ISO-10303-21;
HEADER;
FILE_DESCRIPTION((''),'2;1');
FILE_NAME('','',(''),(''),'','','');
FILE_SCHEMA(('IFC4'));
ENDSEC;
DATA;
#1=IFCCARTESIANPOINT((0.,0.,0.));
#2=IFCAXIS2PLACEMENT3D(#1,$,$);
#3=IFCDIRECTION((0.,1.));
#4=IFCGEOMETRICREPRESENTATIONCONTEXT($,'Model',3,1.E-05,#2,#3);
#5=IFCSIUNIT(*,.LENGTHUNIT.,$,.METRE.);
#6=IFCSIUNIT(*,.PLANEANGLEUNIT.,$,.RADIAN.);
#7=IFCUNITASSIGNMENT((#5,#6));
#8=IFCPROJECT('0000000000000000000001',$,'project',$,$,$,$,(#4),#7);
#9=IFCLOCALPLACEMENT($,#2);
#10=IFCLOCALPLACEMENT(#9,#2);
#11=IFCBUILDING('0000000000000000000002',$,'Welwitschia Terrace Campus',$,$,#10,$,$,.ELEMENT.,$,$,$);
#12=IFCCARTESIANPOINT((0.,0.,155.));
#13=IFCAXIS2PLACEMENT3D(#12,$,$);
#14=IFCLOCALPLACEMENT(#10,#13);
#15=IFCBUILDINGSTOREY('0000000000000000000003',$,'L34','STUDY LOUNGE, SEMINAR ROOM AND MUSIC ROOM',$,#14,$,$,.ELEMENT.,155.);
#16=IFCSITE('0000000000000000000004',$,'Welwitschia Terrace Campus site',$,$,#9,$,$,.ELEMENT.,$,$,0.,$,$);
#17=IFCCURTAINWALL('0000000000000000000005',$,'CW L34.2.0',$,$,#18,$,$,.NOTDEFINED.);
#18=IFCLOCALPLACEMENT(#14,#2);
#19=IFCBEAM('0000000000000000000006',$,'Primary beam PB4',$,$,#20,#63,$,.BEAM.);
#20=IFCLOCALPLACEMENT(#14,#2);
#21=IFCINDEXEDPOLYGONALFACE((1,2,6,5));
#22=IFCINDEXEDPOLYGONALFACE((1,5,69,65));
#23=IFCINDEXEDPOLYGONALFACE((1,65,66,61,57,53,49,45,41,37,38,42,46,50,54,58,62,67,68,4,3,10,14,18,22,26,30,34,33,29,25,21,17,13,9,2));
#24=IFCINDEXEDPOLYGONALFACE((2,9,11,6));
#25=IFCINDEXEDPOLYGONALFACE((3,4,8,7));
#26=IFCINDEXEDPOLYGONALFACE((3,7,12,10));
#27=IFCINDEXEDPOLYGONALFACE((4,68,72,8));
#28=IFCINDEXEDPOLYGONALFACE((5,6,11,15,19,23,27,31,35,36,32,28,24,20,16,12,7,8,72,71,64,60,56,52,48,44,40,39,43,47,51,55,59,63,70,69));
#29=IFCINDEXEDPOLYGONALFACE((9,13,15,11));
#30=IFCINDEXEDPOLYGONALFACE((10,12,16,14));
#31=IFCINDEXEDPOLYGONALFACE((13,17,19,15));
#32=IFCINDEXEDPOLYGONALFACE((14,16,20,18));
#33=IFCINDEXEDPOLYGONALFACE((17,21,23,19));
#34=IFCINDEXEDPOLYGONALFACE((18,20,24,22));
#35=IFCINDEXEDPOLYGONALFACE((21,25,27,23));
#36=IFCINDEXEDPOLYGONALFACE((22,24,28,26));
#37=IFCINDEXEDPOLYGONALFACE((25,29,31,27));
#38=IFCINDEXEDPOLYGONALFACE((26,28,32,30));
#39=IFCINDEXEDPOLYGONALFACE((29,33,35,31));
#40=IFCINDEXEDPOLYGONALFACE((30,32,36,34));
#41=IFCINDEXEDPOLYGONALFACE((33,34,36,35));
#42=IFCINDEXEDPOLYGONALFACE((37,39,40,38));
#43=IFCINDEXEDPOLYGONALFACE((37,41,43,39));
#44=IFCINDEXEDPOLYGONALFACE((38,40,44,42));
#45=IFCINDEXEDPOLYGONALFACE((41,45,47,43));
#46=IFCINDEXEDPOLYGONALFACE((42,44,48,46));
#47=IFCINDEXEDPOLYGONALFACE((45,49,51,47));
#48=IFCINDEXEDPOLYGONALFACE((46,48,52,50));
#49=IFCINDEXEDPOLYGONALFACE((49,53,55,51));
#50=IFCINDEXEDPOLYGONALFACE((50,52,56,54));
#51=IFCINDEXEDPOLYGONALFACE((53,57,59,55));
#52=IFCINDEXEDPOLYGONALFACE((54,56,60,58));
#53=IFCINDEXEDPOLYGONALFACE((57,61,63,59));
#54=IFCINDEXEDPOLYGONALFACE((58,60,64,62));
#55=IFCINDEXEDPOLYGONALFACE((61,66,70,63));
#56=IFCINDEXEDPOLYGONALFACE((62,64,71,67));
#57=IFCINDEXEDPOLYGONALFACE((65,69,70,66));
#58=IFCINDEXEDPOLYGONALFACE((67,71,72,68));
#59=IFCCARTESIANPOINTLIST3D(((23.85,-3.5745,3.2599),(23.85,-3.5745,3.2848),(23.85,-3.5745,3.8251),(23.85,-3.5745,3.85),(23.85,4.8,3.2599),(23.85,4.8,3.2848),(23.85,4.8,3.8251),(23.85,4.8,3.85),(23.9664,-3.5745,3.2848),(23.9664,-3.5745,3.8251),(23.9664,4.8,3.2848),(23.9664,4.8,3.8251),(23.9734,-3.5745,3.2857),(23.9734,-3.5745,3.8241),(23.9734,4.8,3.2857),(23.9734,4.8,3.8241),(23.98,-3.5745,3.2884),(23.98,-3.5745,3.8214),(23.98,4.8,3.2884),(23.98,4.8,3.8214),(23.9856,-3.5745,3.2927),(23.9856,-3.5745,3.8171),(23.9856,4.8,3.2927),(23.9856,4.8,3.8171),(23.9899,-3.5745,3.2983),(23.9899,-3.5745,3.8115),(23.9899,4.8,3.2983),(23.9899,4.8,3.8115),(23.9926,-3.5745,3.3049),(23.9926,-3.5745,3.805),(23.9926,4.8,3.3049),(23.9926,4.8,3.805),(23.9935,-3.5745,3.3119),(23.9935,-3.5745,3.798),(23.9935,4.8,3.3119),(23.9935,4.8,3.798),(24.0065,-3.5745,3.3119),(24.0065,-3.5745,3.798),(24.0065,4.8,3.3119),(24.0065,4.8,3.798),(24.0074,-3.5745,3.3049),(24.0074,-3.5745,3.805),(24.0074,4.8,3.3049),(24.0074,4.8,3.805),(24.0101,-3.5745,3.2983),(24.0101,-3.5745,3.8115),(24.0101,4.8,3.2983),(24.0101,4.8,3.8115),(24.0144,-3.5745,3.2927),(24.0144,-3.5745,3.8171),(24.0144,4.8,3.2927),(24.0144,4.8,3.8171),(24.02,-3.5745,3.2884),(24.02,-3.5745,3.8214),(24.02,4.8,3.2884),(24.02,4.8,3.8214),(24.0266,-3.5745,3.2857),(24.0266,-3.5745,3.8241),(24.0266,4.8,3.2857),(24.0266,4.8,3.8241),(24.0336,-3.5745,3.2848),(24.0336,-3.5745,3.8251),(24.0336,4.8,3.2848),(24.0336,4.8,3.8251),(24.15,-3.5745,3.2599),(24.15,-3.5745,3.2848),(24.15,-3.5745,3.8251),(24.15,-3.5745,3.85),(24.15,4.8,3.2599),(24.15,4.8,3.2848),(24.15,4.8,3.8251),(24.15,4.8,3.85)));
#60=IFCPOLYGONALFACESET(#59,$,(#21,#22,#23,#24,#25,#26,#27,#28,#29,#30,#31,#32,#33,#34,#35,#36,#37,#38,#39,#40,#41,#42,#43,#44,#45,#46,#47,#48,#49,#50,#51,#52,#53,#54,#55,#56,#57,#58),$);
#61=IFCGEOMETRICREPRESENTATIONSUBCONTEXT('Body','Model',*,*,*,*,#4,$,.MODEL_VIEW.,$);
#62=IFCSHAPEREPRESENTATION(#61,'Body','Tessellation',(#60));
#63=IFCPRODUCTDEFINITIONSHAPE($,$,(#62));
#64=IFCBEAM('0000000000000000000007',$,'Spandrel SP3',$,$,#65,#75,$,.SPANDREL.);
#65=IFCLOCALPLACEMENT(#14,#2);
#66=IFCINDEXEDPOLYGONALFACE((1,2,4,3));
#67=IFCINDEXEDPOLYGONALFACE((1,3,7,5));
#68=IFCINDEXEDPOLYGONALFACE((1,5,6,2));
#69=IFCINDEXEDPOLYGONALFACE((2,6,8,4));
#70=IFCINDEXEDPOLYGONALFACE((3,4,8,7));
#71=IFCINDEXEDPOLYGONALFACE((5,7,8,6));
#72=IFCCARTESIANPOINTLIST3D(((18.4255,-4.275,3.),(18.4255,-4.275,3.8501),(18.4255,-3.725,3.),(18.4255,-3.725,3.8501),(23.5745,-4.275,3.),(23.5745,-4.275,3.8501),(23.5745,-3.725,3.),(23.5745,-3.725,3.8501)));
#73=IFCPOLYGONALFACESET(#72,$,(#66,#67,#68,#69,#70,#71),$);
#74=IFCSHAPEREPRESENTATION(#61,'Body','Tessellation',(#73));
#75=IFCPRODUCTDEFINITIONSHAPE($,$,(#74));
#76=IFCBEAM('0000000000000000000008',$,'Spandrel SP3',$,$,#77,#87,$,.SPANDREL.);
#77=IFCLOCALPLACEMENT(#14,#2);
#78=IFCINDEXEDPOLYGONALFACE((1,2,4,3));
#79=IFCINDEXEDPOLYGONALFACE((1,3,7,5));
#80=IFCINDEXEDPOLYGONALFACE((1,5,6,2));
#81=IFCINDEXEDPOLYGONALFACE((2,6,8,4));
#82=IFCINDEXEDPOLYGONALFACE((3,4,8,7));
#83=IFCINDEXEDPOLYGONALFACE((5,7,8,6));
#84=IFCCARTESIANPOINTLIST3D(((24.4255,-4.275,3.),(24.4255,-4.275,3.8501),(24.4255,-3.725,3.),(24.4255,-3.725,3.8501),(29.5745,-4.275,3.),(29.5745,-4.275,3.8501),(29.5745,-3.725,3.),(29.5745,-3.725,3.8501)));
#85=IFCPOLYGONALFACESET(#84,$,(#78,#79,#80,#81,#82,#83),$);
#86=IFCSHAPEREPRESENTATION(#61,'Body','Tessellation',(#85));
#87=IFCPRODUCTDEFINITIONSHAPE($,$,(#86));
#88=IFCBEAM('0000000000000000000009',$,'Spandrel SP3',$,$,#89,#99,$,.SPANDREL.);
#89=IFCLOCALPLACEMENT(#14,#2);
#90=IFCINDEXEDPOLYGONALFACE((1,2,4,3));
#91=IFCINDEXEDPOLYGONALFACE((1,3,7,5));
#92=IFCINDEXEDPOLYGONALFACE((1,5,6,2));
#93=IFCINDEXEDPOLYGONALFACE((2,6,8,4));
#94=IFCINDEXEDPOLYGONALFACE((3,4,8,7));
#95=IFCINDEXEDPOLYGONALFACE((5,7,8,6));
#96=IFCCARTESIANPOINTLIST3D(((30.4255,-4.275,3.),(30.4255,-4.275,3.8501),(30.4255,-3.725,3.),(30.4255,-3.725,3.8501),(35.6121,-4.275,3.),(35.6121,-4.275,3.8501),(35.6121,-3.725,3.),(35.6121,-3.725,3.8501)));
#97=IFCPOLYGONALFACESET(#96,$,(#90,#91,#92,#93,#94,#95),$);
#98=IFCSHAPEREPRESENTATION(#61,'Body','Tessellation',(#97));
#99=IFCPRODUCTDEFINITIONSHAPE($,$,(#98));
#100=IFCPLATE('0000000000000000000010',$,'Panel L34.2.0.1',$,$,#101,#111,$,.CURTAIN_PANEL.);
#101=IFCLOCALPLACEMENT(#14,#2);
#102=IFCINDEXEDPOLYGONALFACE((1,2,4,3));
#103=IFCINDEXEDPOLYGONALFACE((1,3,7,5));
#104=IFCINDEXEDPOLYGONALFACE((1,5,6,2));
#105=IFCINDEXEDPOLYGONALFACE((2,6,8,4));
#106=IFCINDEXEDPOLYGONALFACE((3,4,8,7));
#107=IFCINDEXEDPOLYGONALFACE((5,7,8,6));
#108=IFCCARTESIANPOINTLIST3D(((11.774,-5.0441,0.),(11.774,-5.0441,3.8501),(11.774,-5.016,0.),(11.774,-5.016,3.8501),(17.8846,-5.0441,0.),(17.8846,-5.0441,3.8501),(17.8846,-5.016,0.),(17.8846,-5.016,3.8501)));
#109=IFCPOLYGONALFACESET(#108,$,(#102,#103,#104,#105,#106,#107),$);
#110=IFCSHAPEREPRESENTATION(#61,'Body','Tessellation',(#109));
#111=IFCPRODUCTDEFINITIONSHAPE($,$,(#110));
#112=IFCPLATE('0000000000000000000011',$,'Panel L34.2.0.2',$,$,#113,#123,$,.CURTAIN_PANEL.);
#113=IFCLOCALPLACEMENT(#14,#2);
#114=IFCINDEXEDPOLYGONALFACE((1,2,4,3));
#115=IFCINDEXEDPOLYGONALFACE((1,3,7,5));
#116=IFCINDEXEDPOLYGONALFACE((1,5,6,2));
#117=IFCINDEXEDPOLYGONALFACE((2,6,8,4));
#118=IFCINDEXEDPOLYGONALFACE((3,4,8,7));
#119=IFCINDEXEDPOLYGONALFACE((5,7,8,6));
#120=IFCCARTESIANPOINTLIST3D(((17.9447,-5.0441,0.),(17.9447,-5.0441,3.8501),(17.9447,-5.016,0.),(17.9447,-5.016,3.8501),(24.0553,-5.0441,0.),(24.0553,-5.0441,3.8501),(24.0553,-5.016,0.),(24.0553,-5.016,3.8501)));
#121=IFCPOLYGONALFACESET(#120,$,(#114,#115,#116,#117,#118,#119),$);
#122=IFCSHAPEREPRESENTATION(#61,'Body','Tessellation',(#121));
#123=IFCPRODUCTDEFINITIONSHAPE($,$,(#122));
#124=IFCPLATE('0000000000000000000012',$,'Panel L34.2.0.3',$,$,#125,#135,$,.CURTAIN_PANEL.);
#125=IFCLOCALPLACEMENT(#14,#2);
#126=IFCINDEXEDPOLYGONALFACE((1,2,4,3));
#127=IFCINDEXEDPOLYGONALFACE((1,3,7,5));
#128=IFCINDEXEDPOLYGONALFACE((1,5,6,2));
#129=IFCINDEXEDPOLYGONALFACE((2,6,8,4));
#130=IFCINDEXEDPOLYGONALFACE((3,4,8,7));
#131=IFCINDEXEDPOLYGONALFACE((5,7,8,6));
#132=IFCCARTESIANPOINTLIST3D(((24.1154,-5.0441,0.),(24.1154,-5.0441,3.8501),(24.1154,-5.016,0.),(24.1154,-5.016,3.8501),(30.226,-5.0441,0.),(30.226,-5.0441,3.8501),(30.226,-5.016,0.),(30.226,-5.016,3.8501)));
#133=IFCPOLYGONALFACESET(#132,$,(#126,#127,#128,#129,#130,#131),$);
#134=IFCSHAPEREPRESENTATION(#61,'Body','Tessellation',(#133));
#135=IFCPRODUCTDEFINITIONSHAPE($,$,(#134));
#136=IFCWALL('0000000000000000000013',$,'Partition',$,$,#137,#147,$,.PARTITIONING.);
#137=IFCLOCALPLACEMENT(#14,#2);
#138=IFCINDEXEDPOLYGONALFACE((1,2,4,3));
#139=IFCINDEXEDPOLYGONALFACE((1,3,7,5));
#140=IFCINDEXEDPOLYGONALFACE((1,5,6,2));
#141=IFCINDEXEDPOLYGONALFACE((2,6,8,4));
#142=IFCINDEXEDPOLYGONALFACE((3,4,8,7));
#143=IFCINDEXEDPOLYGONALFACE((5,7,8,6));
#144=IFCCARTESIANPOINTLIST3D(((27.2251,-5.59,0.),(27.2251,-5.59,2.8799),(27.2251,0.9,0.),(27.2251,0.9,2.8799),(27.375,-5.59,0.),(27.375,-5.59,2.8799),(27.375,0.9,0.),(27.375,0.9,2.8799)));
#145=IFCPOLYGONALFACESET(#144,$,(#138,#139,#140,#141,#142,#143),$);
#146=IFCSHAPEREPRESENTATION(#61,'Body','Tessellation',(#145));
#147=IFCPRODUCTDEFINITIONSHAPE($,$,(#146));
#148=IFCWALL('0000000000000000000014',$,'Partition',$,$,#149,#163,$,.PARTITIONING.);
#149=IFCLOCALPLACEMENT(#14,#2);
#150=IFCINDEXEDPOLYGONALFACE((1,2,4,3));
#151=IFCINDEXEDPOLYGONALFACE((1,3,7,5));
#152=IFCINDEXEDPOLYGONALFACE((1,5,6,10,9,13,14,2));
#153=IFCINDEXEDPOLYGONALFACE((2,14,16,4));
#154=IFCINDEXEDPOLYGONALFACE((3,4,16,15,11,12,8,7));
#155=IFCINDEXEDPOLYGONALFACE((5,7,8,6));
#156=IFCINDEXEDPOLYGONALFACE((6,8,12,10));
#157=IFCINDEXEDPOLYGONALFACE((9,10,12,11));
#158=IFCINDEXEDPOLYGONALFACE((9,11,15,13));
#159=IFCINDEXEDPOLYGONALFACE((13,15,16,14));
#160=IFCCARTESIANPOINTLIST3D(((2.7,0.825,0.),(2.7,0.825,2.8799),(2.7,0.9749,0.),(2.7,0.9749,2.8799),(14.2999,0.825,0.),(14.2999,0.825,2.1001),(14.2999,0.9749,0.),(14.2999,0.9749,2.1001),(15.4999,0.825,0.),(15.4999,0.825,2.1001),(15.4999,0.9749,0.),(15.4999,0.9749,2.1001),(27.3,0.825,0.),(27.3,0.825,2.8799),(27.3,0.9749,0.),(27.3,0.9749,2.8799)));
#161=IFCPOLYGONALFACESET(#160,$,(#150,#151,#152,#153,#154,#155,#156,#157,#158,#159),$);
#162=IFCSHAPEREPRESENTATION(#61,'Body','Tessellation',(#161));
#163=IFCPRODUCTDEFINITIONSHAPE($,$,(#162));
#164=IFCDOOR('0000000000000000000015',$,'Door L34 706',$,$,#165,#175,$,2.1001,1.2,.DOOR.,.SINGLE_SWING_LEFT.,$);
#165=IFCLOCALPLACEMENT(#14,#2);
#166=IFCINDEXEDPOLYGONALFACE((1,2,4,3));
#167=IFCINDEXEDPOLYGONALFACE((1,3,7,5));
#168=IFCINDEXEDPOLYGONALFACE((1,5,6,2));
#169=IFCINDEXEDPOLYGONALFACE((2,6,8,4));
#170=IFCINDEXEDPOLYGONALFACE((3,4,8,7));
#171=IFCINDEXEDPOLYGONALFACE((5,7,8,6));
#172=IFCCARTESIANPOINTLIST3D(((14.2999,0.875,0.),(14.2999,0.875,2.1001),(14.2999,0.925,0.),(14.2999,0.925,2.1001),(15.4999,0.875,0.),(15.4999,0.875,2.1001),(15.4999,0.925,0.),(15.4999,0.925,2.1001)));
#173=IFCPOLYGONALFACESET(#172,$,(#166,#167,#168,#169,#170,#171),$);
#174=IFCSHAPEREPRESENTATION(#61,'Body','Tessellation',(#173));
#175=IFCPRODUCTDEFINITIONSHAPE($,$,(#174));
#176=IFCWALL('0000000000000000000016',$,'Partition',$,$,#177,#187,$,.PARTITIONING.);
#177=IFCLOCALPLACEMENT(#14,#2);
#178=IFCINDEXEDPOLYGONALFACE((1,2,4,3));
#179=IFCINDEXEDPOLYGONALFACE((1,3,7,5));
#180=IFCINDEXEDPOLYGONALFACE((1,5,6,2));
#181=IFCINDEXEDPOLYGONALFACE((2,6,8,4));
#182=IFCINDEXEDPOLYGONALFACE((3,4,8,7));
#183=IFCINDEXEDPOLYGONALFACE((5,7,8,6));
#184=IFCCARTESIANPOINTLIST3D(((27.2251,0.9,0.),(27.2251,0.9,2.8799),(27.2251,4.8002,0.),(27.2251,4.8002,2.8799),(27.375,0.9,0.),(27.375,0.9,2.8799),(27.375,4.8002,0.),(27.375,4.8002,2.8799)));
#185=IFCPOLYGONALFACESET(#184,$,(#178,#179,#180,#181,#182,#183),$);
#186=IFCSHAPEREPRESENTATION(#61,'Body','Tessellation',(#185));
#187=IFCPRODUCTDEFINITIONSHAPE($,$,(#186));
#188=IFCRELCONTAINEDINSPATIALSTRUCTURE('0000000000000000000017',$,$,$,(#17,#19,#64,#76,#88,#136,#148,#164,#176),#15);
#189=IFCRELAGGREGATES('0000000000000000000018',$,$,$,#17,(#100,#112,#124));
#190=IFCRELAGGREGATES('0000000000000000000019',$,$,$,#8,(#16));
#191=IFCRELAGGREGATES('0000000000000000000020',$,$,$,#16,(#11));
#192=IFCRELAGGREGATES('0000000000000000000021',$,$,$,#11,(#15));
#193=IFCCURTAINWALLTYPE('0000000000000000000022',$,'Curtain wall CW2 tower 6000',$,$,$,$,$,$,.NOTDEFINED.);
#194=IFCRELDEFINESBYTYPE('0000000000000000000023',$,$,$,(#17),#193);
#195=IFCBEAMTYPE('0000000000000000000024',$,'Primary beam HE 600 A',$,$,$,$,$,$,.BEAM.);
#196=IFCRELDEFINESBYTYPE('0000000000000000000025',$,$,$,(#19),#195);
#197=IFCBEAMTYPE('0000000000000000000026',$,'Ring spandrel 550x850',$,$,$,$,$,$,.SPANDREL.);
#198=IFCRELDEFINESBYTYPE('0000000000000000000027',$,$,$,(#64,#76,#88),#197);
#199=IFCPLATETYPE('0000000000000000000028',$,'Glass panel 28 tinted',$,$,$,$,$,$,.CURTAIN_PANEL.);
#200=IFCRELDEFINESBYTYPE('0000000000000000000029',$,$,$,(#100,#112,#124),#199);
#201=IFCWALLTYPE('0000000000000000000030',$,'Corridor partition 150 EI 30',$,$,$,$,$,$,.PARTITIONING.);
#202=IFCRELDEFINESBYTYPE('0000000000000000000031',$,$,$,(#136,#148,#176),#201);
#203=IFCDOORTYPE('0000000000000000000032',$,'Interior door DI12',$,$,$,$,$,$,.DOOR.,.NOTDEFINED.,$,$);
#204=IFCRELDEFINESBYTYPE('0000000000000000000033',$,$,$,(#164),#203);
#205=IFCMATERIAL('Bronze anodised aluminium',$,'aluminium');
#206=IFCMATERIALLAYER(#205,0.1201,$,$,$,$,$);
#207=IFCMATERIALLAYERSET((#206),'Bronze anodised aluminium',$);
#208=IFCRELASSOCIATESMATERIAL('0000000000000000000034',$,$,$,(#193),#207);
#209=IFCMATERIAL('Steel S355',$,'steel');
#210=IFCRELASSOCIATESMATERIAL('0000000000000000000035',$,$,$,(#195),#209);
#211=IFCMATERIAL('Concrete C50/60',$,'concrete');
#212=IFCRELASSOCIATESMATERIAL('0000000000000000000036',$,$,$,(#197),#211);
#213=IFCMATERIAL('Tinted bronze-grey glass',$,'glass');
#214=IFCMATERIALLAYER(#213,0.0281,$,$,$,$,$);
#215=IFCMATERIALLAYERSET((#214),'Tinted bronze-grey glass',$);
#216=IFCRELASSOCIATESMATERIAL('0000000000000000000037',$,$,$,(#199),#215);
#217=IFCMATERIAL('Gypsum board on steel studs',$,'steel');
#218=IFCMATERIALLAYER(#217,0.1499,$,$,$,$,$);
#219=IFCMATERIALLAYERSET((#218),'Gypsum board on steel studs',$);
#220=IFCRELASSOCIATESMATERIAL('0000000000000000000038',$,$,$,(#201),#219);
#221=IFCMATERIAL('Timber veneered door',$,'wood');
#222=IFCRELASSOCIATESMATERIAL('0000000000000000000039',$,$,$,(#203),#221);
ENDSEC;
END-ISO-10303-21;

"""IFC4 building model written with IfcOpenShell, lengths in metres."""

from ifc_helpers import new_model, si_unit, direction, frame, frame_2d, origin, origin_2d, place, context, subcontext, project, spatial, rectangle, i_section, extrude, material, layer, layer_set, material_profile, profile_set, type_object, element, fill, aggregate, save


model = new_model("IFC4")

# Units and contexts
model_context = context("Model", 3, precision=1e-05, world=origin(), true_north=direction((0.0, 1.0)))
body_context = subcontext(model_context, "Body", "Model", "MODEL_VIEW")
ifc_project = project(units=[si_unit("LENGTHUNIT", "METRE"), si_unit("PLANEANGLEUNIT", "RADIAN")], contexts=[model_context])

# Site, building, storey
site_placement = place(None, origin())
site = spatial("IfcSite", under=ifc_project, at=site_placement, Name="Welwitschia Terrace Campus site", CompositionType="ELEMENT", RefElevation=0.0)
building_placement = place(site_placement, origin())
building = spatial("IfcBuilding", under=site, at=building_placement, Name="Welwitschia Terrace Campus", CompositionType="ELEMENT")
storey_placement = place(building_placement, frame((0.0, 0.0, 155.0)))
storey = spatial("IfcBuildingStorey", under=building, at=storey_placement, Name="L34", Description="STUDY LOUNGE, SEMINAR ROOM AND MUSIC ROOM", CompositionType="ELEMENT", Elevation=155.0)

# Curtain wall
ifc_material_1 = material(Name="Bronze anodised aluminium", Category="aluminium")
ifc_layer_1 = layer(ifc_material_1, 0.1201)
ifc_layer_set_1 = layer_set([ifc_layer_1], Name="Bronze anodised aluminium")
curtain_wall_type = type_object("IfcCurtainWallType", Name="Curtain wall CW2 tower 6000", PredefinedType="NOTDEFINED", material=ifc_layer_set_1)
curtain_wall_placement = place(storey_placement, origin())
curtain_wall = element("IfcCurtainWall", 1, at=curtain_wall_placement, inside=storey, type_object=curtain_wall_type, Name="CW L34.2.0", PredefinedType="NOTDEFINED")

# Beams
ifc_material_2 = material(Name="Steel S355", Category="steel")
ifc_material_profile_1 = material_profile(ifc_material_2, i_section(OverallWidth=0.3, OverallDepth=0.5901, WebThickness=0.0129, FlangeThickness=0.0249, FilletRadius=0.0271, at=origin_2d()))
ifc_profile_set_1 = profile_set([ifc_material_profile_1], Name="Steel S355")
beam_type_1 = type_object("IfcBeamType", Name="Primary beam HE 600 A", PredefinedType="BEAM", material=ifc_profile_set_1)
beam_1_placement = place(storey_placement, frame((24.0, -3.5745, 3.5549), z_axis=(0.0, 1.0, 0.0), x_axis=(-1.0, 0.0, 0.0)))
element("IfcBeam", 2, at=beam_1_placement, inside=storey, type_object=beam_type_1, Name="Primary beam PB4", PredefinedType="BEAM", context=body_context, shape_type="SweptSolid", body=[
    extrude(i_section(OverallWidth=0.3, OverallDepth=0.5901, WebThickness=0.0129, FlangeThickness=0.0249, FilletRadius=0.0271, at=origin_2d()), origin(), (0.0, 0.0, 1.0), 8.3745),
])
ifc_material_3 = material(Name="Concrete C50/60", Category="concrete")
ifc_material_profile_2 = material_profile(ifc_material_3, rectangle(XDim=0.55, YDim=0.8501, at=origin_2d()))
ifc_profile_set_2 = profile_set([ifc_material_profile_2], Name="Concrete C50/60")
beam_type_2 = type_object("IfcBeamType", Name="Ring spandrel 550x850", PredefinedType="SPANDREL", material=ifc_profile_set_2)
for number, where, z_axis, x_axis, name in (
    (3, (18.4255, -4.0, 3.425), (1.0, 0.0, 0.0), (0.0, 1.0, 0.0), "Spandrel SP3"),
    (4, (24.4255, -4.0, 3.425), (1.0, 0.0, 0.0), (0.0, 1.0, 0.0), "Spandrel SP3"),
):
    element("IfcBeam", number, at=place(storey_placement, frame(where, z_axis=z_axis, x_axis=x_axis)), inside=storey, type_object=beam_type_2, Name=name, PredefinedType="SPANDREL", context=body_context, shape_type="SweptSolid", body=[
        extrude(rectangle(XDim=0.55, YDim=0.8501, at=origin_2d()), origin(), (0.0, 0.0, 1.0), 5.1489),
    ])
beam_2_placement = place(storey_placement, frame((30.4255, -4.0, 3.425), z_axis=(1.0, 0.0, 0.0), x_axis=(0.0, 1.0, 0.0)))
element("IfcBeam", 5, at=beam_2_placement, inside=storey, type_object=beam_type_2, Name="Spandrel SP3", PredefinedType="SPANDREL", context=body_context, shape_type="SweptSolid", body=[
    extrude(rectangle(XDim=0.55, YDim=0.8501, at=origin_2d()), origin(), (0.0, 0.0, 1.0), 5.1865),
])

# Plates
ifc_material_4 = material(Name="Tinted bronze-grey glass", Category="glass")
ifc_layer_2 = layer(ifc_material_4, 0.0281)
ifc_layer_set_2 = layer_set([ifc_layer_2], Name="Tinted bronze-grey glass")
plate_type = type_object("IfcPlateType", Name="Glass panel 28 tinted", PredefinedType="CURTAIN_PANEL", material=ifc_layer_set_2)
plate_1_placement = place(storey_placement, frame((14.8293, -5.03, 0.0), z_axis=(0.0, 0.0, 1.0), x_axis=(1.0, 0.0, 0.0)))
plate_1 = element("IfcPlate", 6, at=plate_1_placement, type_object=plate_type, Name="Panel L34.2.0.1", PredefinedType="CURTAIN_PANEL", context=body_context, shape_type="SweptSolid", body=[
    extrude(rectangle(XDim=6.1106, YDim=0.0281, at=origin_2d()), origin(), (0.0, 0.0, 1.0), 3.8501),
])
plate_2_placement = place(storey_placement, frame((21.0, -5.03, 0.0), z_axis=(0.0, 0.0, 1.0), x_axis=(1.0, 0.0, 0.0)))
plate_2 = element("IfcPlate", 7, at=plate_2_placement, type_object=plate_type, Name="Panel L34.2.0.2", PredefinedType="CURTAIN_PANEL", context=body_context, shape_type="SweptSolid", body=[
    extrude(rectangle(XDim=6.1106, YDim=0.0281, at=origin_2d()), origin(), (0.0, 0.0, 1.0), 3.8501),
])
plate_3_placement = place(storey_placement, frame((27.1707, -5.03, 0.0), z_axis=(0.0, 0.0, 1.0), x_axis=(1.0, 0.0, 0.0)))
plate_3 = element("IfcPlate", 8, at=plate_3_placement, type_object=plate_type, Name="Panel L34.2.0.3", PredefinedType="CURTAIN_PANEL", context=body_context, shape_type="SweptSolid", body=[
    extrude(rectangle(XDim=6.1106, YDim=0.0281, at=origin_2d()), origin(), (0.0, 0.0, 1.0), 3.8501),
])
aggregate(curtain_wall, [plate_1, plate_2, plate_3])

# Wall
ifc_material_5 = material(Name="Gypsum board on steel studs", Category="steel")
ifc_layer_3 = layer(ifc_material_5, 0.1499)
ifc_layer_set_3 = layer_set([ifc_layer_3], Name="Gypsum board on steel studs")
wall_type = type_object("IfcWallType", Name="Corridor partition 150 EI 30", PredefinedType="PARTITIONING", material=ifc_layer_set_3)
wall_1_placement = place(storey_placement, frame((27.3, -5.5901, 0.0), z_axis=(0.0, 0.0, 1.0), x_axis=(0.0, 1.0, 0.0)))
element("IfcWall", 9, at=wall_1_placement, inside=storey, type_object=wall_type, Name="Partition", PredefinedType="PARTITIONING", context=body_context, shape_type="SweptSolid", body=[
    extrude(rectangle(XDim=6.49, YDim=0.1499, at=frame_2d((3.2451, 0.0))), origin(), (0.0, 0.0, 1.0), 2.8799),
])

# Wall, opening, door
wall_2_placement = place(storey_placement, frame((27.3, 0.8999, 0.0), z_axis=(0.0, 0.0, 1.0), x_axis=(-1.0, 0.0, 0.0)))
wall_2 = element("IfcWall", 10, at=wall_2_placement, inside=storey, type_object=wall_type, Name="Partition", PredefinedType="PARTITIONING", context=body_context, shape_type="SweptSolid", body=[
    extrude(rectangle(XDim=24.6001, YDim=0.1499, at=frame_2d((12.3, 0.0))), origin(), (0.0, 0.0, 1.0), 2.8799),
])
opening_1_placement = place(wall_2_placement, frame((11.8, 0.0, 0.0)))
opening_1 = element("IfcOpeningElement", 11, at=opening_1_placement, cuts=wall_2, PredefinedType="OPENING", context=body_context, shape_type="SweptSolid", body=[
    extrude(rectangle(XDim=1.2, YDim=2.1001, at=frame_2d((0.6001, 1.05))), frame((0.0, 0.085, 0.0), z_axis=(0.0, -1.0, 0.0), x_axis=(1.0, 0.0, 0.0)), (0.0, 0.0, 1.0), 0.1699),
])
ifc_material_6 = material(Name="Timber veneered door", Category="wood")
door_type = type_object("IfcDoorType", Name="Interior door DI12", OperationType="NOTDEFINED", PredefinedType="DOOR", material=ifc_material_6)
door_1_placement = place(opening_1_placement, origin())
door_1 = element("IfcDoor", 12, at=door_1_placement, inside=storey, type_object=door_type, Name="Door L34 706", OperationType="SINGLE_SWING_LEFT", OverallHeight=2.1001, OverallWidth=1.2, PredefinedType="DOOR", context=body_context, shape_type="SweptSolid", body=[
    extrude(rectangle(XDim=1.2, YDim=2.1001, at=frame_2d((0.6001, 1.05))), frame((0.0, 0.0249, 0.0), z_axis=(0.0, -1.0, 0.0), x_axis=(1.0, 0.0, 0.0)), (0.0, 0.0, 1.0), 0.05),
])
fill(opening_1, door_1)

# Wall
wall_3_placement = place(storey_placement, frame((27.3, 0.8999, 0.0), z_axis=(0.0, 0.0, 1.0), x_axis=(0.0, 1.0, 0.0)))
element("IfcWall", 13, at=wall_3_placement, inside=storey, type_object=wall_type, Name="Partition", PredefinedType="PARTITIONING", context=body_context, shape_type="SweptSolid", body=[
    extrude(rectangle(XDim=3.9001, YDim=0.1499, at=frame_2d((1.9502, 0.0))), origin(), (0.0, 0.0, 1.0), 2.8799),
])

save(model, "model.ifc")
